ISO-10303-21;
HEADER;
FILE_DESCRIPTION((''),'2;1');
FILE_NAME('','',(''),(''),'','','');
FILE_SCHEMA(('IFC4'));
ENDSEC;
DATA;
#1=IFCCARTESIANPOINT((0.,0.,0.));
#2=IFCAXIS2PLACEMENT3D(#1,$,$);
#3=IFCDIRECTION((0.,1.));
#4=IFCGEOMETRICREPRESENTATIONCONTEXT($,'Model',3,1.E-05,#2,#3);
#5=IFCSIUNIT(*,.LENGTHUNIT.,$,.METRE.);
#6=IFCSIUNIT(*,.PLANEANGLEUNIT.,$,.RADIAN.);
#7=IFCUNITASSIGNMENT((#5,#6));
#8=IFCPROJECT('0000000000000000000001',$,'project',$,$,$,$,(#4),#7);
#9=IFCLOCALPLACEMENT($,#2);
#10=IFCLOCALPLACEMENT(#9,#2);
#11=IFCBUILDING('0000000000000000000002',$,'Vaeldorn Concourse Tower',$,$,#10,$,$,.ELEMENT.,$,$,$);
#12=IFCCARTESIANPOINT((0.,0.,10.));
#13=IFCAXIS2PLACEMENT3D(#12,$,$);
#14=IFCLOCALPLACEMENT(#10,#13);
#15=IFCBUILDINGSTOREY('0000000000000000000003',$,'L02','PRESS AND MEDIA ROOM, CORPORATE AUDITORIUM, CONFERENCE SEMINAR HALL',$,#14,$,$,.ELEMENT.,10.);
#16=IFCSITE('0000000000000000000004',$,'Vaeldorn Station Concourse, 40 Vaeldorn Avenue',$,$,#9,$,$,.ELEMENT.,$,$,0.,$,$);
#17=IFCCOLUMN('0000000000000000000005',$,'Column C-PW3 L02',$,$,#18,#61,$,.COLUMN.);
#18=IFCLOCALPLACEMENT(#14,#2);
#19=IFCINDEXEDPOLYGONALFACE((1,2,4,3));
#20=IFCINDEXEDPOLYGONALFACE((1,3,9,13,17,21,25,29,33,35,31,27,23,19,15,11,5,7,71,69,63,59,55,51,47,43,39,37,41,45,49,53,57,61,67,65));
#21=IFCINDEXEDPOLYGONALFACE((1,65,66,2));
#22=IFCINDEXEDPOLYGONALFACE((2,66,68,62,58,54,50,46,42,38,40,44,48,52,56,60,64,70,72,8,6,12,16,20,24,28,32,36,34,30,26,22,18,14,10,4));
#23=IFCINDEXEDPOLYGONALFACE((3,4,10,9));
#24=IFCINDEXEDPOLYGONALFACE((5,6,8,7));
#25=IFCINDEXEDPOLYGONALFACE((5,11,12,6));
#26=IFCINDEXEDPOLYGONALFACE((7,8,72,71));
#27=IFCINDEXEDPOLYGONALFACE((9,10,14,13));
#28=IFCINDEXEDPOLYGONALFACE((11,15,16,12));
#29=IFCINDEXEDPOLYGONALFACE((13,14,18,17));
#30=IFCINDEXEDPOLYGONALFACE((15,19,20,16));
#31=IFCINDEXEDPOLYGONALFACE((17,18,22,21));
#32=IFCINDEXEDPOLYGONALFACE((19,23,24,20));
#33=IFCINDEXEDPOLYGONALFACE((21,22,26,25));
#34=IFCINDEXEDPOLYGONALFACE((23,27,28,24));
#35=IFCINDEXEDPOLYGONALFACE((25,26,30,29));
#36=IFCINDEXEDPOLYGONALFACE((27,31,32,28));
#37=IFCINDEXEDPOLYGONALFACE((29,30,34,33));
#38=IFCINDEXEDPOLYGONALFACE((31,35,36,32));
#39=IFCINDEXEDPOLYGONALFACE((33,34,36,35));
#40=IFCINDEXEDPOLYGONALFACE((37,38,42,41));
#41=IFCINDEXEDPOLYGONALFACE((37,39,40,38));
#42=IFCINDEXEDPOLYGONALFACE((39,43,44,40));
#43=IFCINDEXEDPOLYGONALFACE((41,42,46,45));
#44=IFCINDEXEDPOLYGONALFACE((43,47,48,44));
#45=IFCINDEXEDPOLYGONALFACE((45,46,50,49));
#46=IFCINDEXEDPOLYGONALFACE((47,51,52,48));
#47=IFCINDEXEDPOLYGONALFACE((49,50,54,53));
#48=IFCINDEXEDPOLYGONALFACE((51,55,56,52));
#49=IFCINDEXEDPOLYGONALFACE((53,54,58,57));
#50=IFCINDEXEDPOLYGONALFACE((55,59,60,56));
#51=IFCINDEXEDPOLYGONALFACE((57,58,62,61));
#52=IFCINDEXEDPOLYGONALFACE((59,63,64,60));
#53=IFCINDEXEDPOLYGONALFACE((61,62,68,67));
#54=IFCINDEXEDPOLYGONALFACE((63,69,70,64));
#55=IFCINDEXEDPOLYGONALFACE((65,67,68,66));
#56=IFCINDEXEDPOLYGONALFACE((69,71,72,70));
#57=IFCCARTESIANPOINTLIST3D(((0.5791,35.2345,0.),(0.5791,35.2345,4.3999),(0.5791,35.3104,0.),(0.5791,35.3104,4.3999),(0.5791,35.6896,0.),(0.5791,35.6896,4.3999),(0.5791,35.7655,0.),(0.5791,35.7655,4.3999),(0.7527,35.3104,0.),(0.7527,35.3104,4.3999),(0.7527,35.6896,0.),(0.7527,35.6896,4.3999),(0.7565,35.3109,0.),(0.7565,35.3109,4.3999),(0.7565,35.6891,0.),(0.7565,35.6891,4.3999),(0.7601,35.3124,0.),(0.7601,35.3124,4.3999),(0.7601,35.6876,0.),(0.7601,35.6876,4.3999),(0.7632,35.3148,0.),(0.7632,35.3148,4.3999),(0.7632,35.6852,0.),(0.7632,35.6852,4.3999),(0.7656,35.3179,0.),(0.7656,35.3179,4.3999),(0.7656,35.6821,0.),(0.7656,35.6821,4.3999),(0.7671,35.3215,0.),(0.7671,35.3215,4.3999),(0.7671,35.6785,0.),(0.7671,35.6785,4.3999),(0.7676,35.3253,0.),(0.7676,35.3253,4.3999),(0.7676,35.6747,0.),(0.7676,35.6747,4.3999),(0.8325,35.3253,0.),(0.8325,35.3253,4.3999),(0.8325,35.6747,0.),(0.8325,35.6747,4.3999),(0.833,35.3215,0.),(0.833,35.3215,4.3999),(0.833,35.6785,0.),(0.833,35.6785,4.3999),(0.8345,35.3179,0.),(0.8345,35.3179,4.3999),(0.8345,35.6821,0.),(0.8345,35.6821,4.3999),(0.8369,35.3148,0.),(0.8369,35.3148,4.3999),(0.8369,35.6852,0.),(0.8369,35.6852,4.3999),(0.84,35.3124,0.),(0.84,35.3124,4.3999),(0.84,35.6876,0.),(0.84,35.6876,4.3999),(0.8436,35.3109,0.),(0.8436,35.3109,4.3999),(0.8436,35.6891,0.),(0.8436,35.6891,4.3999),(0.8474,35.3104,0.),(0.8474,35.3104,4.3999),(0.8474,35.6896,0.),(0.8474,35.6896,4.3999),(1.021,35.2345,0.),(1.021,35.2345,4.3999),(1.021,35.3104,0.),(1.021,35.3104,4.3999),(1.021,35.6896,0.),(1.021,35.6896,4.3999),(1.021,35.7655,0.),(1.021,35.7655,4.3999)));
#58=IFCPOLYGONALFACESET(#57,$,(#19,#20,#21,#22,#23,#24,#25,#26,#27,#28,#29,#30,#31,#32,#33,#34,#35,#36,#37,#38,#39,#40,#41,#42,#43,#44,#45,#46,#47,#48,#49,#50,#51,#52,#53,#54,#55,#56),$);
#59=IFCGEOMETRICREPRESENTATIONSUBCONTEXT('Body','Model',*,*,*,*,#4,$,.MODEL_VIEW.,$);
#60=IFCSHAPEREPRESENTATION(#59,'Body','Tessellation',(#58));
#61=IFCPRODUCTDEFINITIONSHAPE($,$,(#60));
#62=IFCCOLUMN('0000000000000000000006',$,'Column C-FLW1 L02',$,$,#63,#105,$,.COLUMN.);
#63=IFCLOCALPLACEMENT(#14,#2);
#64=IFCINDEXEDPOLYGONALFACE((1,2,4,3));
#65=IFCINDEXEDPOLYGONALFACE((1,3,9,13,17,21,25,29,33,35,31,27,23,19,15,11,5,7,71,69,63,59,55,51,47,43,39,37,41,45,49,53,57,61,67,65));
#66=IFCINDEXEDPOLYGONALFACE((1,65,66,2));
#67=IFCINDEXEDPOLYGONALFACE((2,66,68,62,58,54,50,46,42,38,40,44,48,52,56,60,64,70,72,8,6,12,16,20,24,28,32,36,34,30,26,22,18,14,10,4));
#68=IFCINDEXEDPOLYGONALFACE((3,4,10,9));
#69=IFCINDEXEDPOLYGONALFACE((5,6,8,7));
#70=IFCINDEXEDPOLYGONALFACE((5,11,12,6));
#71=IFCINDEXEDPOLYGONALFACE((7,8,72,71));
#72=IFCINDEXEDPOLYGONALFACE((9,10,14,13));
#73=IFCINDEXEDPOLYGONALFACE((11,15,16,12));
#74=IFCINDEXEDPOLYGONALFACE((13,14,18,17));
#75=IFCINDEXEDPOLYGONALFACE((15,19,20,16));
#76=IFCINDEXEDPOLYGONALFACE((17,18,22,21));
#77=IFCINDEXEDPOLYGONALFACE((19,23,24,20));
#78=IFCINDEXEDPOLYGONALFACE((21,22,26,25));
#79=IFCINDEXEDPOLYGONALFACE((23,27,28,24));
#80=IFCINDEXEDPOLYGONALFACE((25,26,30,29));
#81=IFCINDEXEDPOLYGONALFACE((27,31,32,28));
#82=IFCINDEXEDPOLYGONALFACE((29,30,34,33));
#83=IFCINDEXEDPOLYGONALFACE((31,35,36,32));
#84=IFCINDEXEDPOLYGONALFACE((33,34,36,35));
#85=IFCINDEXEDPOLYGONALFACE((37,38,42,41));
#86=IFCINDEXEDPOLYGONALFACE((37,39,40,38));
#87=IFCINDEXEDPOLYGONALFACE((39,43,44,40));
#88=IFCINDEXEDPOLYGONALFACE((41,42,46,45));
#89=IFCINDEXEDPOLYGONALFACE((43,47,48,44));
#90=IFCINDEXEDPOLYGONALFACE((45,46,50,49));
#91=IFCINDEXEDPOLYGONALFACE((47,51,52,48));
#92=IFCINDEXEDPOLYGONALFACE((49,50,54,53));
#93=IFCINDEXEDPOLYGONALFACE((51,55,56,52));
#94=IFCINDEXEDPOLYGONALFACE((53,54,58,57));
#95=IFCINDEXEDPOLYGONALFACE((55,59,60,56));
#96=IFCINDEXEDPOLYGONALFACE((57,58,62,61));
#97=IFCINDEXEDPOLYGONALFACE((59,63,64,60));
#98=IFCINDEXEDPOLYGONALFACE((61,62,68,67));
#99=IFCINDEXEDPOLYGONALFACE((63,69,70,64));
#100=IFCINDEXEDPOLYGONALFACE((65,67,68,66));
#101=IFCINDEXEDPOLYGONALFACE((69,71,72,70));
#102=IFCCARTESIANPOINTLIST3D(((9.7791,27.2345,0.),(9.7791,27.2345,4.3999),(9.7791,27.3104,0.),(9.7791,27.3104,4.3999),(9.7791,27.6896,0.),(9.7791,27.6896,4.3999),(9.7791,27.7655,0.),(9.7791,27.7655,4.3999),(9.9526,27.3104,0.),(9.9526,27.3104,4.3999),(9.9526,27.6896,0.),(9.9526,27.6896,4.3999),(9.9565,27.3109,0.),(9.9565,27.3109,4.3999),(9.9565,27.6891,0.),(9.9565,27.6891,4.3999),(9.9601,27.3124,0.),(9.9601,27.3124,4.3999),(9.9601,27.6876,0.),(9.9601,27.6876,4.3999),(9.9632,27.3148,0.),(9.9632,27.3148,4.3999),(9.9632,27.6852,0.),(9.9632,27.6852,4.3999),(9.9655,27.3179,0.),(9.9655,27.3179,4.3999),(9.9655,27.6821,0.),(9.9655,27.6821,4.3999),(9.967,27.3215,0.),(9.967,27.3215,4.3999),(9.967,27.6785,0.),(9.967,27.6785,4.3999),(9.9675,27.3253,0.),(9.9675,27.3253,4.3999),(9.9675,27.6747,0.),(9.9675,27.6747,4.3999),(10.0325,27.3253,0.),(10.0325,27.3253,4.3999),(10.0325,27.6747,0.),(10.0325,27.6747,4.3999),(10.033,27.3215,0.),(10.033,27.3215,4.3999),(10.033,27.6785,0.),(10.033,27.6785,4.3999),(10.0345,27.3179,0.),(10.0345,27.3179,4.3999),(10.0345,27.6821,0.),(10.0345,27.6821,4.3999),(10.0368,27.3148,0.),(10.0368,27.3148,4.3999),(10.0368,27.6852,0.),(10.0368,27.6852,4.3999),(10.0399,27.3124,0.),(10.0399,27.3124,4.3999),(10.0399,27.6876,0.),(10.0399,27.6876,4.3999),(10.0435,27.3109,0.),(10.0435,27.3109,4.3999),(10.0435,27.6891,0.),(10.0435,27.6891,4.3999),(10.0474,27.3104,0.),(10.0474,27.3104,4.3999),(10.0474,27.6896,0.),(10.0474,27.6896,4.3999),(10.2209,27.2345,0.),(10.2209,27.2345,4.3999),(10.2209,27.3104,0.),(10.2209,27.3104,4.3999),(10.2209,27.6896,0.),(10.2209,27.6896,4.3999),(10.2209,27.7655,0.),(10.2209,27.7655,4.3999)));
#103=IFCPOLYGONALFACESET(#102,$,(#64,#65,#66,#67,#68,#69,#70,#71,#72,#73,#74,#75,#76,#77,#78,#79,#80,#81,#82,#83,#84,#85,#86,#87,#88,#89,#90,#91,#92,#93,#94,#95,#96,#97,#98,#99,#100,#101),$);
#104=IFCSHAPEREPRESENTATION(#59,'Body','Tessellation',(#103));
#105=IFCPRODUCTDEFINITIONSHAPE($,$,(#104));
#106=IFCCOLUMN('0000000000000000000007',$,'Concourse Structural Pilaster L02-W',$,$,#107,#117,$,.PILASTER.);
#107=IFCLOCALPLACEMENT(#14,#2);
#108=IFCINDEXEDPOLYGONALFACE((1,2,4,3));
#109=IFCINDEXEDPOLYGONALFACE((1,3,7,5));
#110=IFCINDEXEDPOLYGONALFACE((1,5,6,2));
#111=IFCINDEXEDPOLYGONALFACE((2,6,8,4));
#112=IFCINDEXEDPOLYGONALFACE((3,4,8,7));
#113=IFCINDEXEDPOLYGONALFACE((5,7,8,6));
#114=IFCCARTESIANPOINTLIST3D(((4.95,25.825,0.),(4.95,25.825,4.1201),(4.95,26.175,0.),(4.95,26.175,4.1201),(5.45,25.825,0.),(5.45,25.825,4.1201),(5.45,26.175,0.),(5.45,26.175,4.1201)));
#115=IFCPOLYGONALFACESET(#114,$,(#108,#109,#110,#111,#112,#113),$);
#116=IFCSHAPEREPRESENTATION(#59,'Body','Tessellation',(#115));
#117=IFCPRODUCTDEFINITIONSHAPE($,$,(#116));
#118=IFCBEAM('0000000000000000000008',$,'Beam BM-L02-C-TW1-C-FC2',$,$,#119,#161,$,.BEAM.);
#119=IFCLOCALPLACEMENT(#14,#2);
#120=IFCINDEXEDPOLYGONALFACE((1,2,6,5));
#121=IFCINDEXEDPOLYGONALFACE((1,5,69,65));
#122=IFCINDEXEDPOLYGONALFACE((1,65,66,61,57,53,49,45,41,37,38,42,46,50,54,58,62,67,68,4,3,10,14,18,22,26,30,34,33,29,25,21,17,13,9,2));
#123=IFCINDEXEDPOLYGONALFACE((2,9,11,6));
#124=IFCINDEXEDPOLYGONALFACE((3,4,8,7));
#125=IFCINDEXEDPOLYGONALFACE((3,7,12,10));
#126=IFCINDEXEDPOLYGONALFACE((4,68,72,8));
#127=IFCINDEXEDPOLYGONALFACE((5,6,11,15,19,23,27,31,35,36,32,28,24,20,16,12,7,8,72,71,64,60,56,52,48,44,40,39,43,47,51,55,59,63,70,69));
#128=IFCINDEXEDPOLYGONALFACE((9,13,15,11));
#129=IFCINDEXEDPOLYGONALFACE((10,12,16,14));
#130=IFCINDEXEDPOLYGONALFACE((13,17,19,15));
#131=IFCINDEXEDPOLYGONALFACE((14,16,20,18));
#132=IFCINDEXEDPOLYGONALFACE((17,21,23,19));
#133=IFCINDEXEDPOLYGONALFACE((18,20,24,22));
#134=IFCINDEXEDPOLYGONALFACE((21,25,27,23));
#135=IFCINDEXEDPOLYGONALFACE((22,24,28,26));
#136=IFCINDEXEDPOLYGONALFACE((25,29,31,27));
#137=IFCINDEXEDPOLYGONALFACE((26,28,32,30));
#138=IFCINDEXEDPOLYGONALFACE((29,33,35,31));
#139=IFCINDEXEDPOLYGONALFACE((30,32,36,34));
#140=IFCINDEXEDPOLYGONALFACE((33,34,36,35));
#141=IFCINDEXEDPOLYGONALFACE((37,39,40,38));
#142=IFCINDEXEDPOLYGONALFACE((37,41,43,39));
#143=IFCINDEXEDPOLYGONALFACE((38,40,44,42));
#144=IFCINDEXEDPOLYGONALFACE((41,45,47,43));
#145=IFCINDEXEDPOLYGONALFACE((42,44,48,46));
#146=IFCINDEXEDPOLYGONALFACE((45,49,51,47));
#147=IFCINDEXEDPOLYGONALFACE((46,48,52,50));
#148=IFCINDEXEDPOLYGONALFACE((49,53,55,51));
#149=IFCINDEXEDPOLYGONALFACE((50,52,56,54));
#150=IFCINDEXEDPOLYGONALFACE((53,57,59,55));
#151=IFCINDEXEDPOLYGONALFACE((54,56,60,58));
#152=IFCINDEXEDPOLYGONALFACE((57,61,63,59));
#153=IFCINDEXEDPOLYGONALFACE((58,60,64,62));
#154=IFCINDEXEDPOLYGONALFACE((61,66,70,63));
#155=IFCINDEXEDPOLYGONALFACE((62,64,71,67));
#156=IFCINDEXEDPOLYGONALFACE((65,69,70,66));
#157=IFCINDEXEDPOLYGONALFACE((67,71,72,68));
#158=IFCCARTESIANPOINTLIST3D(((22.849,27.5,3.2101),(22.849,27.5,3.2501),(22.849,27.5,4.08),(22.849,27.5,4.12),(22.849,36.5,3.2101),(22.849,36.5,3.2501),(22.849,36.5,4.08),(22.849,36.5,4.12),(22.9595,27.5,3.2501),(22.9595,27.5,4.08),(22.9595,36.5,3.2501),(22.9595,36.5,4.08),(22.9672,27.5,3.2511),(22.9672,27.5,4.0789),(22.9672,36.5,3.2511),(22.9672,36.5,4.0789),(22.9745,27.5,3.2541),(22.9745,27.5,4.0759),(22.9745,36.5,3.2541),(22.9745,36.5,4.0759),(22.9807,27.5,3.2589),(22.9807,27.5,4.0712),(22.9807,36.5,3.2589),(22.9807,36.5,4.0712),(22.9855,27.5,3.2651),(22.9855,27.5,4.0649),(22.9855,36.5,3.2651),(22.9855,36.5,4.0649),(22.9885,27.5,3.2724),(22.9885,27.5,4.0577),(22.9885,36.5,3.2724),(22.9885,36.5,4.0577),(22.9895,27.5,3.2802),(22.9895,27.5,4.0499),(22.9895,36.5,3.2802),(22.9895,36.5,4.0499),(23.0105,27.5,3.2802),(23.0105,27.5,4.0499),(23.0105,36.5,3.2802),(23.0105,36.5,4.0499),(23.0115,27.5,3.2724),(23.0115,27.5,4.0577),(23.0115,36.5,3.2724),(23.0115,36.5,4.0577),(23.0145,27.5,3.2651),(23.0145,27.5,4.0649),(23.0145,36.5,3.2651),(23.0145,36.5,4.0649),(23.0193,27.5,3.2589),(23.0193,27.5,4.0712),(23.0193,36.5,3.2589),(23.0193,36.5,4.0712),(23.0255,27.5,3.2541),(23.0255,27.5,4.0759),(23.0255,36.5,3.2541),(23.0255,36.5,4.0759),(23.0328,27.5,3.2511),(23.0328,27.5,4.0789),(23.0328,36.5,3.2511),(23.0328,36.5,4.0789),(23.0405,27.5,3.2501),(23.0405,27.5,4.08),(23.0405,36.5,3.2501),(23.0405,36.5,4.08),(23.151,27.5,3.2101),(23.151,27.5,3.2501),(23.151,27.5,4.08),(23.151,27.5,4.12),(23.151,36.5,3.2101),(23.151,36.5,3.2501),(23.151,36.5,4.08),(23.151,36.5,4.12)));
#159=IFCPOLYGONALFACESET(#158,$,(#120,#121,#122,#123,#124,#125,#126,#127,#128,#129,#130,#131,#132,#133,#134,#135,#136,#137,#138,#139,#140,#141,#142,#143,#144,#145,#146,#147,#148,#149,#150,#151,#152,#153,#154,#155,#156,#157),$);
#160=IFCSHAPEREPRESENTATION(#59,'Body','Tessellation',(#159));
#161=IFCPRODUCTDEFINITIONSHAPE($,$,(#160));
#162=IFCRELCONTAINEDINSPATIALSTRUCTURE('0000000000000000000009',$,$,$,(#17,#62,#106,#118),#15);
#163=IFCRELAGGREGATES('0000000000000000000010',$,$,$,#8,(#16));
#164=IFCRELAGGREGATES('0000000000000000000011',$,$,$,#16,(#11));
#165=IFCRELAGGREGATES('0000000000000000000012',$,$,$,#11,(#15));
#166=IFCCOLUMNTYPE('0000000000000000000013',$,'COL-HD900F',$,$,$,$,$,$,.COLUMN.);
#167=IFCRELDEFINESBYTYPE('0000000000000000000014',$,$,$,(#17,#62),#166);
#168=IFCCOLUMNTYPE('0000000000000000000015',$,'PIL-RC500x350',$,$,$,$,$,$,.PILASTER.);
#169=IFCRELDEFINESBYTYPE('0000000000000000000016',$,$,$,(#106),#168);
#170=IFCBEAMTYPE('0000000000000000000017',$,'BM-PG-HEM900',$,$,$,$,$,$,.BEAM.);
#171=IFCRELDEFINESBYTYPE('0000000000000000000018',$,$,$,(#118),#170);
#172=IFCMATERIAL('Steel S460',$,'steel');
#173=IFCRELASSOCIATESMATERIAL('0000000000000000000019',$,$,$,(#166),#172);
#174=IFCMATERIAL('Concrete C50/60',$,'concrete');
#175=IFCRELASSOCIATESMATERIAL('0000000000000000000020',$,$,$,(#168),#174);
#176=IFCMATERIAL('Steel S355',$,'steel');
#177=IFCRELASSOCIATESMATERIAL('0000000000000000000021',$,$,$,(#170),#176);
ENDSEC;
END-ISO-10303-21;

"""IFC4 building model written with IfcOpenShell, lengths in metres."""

from ifc_helpers import new_model, si_unit, direction, frame, origin, origin_2d, place, context, subcontext, project, spatial, rectangle, i_section, extrude, source, transform, mapped, material, material_profile, profile_set, type_object, element, save


model = new_model("IFC4")

# Units and contexts
model_context = context("Model", 3, precision=1e-05, world=origin(), true_north=direction((0.0, 1.0)))
body_context = subcontext(model_context, "Body", "Model", "MODEL_VIEW")
ifc_project = project(units=[si_unit("LENGTHUNIT", "METRE"), si_unit("PLANEANGLEUNIT", "RADIAN")], contexts=[model_context])

# Site, building, storey
site_placement = place(None, origin())
site = spatial("IfcSite", under=ifc_project, at=site_placement, Name="Vaeldorn Station Concourse, 40 Vaeldorn Avenue", CompositionType="ELEMENT", RefElevation=0.0)
building_placement = place(site_placement, origin())
building = spatial("IfcBuilding", under=site, at=building_placement, Name="Vaeldorn Concourse Tower", CompositionType="ELEMENT")
storey_placement = place(building_placement, frame((0.0, 0.0, 10.0)))
storey = spatial("IfcBuildingStorey", under=building, at=storey_placement, Name="L02", Description="PRESS AND MEDIA ROOM, CORPORATE AUDITORIUM, CONFERENCE SEMINAR HALL", CompositionType="ELEMENT", Elevation=10.0)

# Columns
ifc_material_1 = material(Name="Steel S460", Category="steel")
ifc_material_profile_1 = material_profile(ifc_material_1, i_section(OverallWidth=0.4419, OverallDepth=0.531, WebThickness=0.0649, FlangeThickness=0.0759, FilletRadius=0.0149, at=origin_2d()), Name="HD 400x900")
ifc_profile_set_1 = profile_set([ifc_material_profile_1], Name="Steel S460")
column_type_1 = type_object("IfcColumnType", Name="COL-HD900F", PredefinedType="COLUMN", material=ifc_profile_set_1)
shared_shape_1 = source(origin(), body_context, "Body", "SweptSolid", [
    extrude(i_section(OverallWidth=0.4419, OverallDepth=0.531, WebThickness=0.0649, FlangeThickness=0.0759, FilletRadius=0.0149, at=origin_2d()), origin(), (0.0, 0.0, 1.0), 4.3999),
])
for number, where, z_axis, x_axis, name in (
    (1, (0.8, 35.5, 0.0), (0.0, 0.0, 1.0), (1.0, 0.0, 0.0), "Column C-PW3 L02"),
    (2, (10.0, 27.5, 0.0), (0.0, 0.0, 1.0), (1.0, 0.0, 0.0), "Column C-FLW1 L02"),
):
    element("IfcColumn", number, at=place(storey_placement, frame(where, z_axis=z_axis, x_axis=x_axis)), inside=storey, type_object=column_type_1, Name=name, PredefinedType="COLUMN", context=body_context, shape_type="MappedRepresentation", body=[
        mapped(shared_shape_1, transform((0.0, 0.0, 0.0), scale=1.0)),
    ])
ifc_material_2 = material(Name="Concrete C50/60", Category="concrete")
ifc_material_profile_2 = material_profile(ifc_material_2, rectangle(XDim=0.5, YDim=0.3501, at=origin_2d()), Name="RC 500x350")
ifc_profile_set_2 = profile_set([ifc_material_profile_2], Name="Concrete C50/60")
column_type_2 = type_object("IfcColumnType", Name="PIL-RC500x350", PredefinedType="PILASTER", material=ifc_profile_set_2)
shared_shape_2 = source(origin(), body_context, "Body", "SweptSolid", [
    extrude(rectangle(XDim=0.5, YDim=0.3501, at=origin_2d()), origin(), (0.0, 0.0, 1.0), 4.1201),
])
column_placement = place(storey_placement, frame((5.2, 26.0, 0.0), z_axis=(0.0, 0.0, 1.0), x_axis=(1.0, 0.0, 0.0)))
element("IfcColumn", 3, at=column_placement, inside=storey, type_object=column_type_2, Name="Concourse Structural Pilaster L02-W", PredefinedType="PILASTER", context=body_context, shape_type="MappedRepresentation", body=[
    mapped(shared_shape_2, transform((0.0, 0.0, 0.0), scale=1.0)),
])

# Beam
ifc_material_3 = material(Name="Steel S355", Category="steel")
ifc_material_profile_3 = material_profile(ifc_material_3, i_section(OverallWidth=0.302, OverallDepth=0.9099, WebThickness=0.021, FlangeThickness=0.04, FilletRadius=0.03, at=origin_2d()), Name="HEM 900")
ifc_profile_set_3 = profile_set([ifc_material_profile_3], Name="Steel S355")
beam_type_1 = type_object("IfcBeamType", Name="BM-PG-HEM900", PredefinedType="BEAM", material=ifc_profile_set_3)
shared_shape_3 = source(origin(), body_context, "Body", "SweptSolid", [
    extrude(i_section(OverallWidth=0.302, OverallDepth=0.9099, WebThickness=0.021, FlangeThickness=0.04, FilletRadius=0.03, at=origin_2d()), origin(), (0.0, 0.0, 1.0), 9.0),
])
beam_1_placement = place(storey_placement, frame((23.0, 27.5, 3.665), z_axis=(0.0, 1.0, 0.0), x_axis=(-1.0, 0.0, 0.0)))
element("IfcBeam", 4, at=beam_1_placement, inside=storey, type_object=beam_type_1, Name="Beam BM-L02-C-TW1-C-FC2", PredefinedType="BEAM", context=body_context, shape_type="MappedRepresentation", body=[
    mapped(shared_shape_3, transform((0.0, 0.0, 0.0), scale=1.0)),
])

save(model, "model.ifc")
